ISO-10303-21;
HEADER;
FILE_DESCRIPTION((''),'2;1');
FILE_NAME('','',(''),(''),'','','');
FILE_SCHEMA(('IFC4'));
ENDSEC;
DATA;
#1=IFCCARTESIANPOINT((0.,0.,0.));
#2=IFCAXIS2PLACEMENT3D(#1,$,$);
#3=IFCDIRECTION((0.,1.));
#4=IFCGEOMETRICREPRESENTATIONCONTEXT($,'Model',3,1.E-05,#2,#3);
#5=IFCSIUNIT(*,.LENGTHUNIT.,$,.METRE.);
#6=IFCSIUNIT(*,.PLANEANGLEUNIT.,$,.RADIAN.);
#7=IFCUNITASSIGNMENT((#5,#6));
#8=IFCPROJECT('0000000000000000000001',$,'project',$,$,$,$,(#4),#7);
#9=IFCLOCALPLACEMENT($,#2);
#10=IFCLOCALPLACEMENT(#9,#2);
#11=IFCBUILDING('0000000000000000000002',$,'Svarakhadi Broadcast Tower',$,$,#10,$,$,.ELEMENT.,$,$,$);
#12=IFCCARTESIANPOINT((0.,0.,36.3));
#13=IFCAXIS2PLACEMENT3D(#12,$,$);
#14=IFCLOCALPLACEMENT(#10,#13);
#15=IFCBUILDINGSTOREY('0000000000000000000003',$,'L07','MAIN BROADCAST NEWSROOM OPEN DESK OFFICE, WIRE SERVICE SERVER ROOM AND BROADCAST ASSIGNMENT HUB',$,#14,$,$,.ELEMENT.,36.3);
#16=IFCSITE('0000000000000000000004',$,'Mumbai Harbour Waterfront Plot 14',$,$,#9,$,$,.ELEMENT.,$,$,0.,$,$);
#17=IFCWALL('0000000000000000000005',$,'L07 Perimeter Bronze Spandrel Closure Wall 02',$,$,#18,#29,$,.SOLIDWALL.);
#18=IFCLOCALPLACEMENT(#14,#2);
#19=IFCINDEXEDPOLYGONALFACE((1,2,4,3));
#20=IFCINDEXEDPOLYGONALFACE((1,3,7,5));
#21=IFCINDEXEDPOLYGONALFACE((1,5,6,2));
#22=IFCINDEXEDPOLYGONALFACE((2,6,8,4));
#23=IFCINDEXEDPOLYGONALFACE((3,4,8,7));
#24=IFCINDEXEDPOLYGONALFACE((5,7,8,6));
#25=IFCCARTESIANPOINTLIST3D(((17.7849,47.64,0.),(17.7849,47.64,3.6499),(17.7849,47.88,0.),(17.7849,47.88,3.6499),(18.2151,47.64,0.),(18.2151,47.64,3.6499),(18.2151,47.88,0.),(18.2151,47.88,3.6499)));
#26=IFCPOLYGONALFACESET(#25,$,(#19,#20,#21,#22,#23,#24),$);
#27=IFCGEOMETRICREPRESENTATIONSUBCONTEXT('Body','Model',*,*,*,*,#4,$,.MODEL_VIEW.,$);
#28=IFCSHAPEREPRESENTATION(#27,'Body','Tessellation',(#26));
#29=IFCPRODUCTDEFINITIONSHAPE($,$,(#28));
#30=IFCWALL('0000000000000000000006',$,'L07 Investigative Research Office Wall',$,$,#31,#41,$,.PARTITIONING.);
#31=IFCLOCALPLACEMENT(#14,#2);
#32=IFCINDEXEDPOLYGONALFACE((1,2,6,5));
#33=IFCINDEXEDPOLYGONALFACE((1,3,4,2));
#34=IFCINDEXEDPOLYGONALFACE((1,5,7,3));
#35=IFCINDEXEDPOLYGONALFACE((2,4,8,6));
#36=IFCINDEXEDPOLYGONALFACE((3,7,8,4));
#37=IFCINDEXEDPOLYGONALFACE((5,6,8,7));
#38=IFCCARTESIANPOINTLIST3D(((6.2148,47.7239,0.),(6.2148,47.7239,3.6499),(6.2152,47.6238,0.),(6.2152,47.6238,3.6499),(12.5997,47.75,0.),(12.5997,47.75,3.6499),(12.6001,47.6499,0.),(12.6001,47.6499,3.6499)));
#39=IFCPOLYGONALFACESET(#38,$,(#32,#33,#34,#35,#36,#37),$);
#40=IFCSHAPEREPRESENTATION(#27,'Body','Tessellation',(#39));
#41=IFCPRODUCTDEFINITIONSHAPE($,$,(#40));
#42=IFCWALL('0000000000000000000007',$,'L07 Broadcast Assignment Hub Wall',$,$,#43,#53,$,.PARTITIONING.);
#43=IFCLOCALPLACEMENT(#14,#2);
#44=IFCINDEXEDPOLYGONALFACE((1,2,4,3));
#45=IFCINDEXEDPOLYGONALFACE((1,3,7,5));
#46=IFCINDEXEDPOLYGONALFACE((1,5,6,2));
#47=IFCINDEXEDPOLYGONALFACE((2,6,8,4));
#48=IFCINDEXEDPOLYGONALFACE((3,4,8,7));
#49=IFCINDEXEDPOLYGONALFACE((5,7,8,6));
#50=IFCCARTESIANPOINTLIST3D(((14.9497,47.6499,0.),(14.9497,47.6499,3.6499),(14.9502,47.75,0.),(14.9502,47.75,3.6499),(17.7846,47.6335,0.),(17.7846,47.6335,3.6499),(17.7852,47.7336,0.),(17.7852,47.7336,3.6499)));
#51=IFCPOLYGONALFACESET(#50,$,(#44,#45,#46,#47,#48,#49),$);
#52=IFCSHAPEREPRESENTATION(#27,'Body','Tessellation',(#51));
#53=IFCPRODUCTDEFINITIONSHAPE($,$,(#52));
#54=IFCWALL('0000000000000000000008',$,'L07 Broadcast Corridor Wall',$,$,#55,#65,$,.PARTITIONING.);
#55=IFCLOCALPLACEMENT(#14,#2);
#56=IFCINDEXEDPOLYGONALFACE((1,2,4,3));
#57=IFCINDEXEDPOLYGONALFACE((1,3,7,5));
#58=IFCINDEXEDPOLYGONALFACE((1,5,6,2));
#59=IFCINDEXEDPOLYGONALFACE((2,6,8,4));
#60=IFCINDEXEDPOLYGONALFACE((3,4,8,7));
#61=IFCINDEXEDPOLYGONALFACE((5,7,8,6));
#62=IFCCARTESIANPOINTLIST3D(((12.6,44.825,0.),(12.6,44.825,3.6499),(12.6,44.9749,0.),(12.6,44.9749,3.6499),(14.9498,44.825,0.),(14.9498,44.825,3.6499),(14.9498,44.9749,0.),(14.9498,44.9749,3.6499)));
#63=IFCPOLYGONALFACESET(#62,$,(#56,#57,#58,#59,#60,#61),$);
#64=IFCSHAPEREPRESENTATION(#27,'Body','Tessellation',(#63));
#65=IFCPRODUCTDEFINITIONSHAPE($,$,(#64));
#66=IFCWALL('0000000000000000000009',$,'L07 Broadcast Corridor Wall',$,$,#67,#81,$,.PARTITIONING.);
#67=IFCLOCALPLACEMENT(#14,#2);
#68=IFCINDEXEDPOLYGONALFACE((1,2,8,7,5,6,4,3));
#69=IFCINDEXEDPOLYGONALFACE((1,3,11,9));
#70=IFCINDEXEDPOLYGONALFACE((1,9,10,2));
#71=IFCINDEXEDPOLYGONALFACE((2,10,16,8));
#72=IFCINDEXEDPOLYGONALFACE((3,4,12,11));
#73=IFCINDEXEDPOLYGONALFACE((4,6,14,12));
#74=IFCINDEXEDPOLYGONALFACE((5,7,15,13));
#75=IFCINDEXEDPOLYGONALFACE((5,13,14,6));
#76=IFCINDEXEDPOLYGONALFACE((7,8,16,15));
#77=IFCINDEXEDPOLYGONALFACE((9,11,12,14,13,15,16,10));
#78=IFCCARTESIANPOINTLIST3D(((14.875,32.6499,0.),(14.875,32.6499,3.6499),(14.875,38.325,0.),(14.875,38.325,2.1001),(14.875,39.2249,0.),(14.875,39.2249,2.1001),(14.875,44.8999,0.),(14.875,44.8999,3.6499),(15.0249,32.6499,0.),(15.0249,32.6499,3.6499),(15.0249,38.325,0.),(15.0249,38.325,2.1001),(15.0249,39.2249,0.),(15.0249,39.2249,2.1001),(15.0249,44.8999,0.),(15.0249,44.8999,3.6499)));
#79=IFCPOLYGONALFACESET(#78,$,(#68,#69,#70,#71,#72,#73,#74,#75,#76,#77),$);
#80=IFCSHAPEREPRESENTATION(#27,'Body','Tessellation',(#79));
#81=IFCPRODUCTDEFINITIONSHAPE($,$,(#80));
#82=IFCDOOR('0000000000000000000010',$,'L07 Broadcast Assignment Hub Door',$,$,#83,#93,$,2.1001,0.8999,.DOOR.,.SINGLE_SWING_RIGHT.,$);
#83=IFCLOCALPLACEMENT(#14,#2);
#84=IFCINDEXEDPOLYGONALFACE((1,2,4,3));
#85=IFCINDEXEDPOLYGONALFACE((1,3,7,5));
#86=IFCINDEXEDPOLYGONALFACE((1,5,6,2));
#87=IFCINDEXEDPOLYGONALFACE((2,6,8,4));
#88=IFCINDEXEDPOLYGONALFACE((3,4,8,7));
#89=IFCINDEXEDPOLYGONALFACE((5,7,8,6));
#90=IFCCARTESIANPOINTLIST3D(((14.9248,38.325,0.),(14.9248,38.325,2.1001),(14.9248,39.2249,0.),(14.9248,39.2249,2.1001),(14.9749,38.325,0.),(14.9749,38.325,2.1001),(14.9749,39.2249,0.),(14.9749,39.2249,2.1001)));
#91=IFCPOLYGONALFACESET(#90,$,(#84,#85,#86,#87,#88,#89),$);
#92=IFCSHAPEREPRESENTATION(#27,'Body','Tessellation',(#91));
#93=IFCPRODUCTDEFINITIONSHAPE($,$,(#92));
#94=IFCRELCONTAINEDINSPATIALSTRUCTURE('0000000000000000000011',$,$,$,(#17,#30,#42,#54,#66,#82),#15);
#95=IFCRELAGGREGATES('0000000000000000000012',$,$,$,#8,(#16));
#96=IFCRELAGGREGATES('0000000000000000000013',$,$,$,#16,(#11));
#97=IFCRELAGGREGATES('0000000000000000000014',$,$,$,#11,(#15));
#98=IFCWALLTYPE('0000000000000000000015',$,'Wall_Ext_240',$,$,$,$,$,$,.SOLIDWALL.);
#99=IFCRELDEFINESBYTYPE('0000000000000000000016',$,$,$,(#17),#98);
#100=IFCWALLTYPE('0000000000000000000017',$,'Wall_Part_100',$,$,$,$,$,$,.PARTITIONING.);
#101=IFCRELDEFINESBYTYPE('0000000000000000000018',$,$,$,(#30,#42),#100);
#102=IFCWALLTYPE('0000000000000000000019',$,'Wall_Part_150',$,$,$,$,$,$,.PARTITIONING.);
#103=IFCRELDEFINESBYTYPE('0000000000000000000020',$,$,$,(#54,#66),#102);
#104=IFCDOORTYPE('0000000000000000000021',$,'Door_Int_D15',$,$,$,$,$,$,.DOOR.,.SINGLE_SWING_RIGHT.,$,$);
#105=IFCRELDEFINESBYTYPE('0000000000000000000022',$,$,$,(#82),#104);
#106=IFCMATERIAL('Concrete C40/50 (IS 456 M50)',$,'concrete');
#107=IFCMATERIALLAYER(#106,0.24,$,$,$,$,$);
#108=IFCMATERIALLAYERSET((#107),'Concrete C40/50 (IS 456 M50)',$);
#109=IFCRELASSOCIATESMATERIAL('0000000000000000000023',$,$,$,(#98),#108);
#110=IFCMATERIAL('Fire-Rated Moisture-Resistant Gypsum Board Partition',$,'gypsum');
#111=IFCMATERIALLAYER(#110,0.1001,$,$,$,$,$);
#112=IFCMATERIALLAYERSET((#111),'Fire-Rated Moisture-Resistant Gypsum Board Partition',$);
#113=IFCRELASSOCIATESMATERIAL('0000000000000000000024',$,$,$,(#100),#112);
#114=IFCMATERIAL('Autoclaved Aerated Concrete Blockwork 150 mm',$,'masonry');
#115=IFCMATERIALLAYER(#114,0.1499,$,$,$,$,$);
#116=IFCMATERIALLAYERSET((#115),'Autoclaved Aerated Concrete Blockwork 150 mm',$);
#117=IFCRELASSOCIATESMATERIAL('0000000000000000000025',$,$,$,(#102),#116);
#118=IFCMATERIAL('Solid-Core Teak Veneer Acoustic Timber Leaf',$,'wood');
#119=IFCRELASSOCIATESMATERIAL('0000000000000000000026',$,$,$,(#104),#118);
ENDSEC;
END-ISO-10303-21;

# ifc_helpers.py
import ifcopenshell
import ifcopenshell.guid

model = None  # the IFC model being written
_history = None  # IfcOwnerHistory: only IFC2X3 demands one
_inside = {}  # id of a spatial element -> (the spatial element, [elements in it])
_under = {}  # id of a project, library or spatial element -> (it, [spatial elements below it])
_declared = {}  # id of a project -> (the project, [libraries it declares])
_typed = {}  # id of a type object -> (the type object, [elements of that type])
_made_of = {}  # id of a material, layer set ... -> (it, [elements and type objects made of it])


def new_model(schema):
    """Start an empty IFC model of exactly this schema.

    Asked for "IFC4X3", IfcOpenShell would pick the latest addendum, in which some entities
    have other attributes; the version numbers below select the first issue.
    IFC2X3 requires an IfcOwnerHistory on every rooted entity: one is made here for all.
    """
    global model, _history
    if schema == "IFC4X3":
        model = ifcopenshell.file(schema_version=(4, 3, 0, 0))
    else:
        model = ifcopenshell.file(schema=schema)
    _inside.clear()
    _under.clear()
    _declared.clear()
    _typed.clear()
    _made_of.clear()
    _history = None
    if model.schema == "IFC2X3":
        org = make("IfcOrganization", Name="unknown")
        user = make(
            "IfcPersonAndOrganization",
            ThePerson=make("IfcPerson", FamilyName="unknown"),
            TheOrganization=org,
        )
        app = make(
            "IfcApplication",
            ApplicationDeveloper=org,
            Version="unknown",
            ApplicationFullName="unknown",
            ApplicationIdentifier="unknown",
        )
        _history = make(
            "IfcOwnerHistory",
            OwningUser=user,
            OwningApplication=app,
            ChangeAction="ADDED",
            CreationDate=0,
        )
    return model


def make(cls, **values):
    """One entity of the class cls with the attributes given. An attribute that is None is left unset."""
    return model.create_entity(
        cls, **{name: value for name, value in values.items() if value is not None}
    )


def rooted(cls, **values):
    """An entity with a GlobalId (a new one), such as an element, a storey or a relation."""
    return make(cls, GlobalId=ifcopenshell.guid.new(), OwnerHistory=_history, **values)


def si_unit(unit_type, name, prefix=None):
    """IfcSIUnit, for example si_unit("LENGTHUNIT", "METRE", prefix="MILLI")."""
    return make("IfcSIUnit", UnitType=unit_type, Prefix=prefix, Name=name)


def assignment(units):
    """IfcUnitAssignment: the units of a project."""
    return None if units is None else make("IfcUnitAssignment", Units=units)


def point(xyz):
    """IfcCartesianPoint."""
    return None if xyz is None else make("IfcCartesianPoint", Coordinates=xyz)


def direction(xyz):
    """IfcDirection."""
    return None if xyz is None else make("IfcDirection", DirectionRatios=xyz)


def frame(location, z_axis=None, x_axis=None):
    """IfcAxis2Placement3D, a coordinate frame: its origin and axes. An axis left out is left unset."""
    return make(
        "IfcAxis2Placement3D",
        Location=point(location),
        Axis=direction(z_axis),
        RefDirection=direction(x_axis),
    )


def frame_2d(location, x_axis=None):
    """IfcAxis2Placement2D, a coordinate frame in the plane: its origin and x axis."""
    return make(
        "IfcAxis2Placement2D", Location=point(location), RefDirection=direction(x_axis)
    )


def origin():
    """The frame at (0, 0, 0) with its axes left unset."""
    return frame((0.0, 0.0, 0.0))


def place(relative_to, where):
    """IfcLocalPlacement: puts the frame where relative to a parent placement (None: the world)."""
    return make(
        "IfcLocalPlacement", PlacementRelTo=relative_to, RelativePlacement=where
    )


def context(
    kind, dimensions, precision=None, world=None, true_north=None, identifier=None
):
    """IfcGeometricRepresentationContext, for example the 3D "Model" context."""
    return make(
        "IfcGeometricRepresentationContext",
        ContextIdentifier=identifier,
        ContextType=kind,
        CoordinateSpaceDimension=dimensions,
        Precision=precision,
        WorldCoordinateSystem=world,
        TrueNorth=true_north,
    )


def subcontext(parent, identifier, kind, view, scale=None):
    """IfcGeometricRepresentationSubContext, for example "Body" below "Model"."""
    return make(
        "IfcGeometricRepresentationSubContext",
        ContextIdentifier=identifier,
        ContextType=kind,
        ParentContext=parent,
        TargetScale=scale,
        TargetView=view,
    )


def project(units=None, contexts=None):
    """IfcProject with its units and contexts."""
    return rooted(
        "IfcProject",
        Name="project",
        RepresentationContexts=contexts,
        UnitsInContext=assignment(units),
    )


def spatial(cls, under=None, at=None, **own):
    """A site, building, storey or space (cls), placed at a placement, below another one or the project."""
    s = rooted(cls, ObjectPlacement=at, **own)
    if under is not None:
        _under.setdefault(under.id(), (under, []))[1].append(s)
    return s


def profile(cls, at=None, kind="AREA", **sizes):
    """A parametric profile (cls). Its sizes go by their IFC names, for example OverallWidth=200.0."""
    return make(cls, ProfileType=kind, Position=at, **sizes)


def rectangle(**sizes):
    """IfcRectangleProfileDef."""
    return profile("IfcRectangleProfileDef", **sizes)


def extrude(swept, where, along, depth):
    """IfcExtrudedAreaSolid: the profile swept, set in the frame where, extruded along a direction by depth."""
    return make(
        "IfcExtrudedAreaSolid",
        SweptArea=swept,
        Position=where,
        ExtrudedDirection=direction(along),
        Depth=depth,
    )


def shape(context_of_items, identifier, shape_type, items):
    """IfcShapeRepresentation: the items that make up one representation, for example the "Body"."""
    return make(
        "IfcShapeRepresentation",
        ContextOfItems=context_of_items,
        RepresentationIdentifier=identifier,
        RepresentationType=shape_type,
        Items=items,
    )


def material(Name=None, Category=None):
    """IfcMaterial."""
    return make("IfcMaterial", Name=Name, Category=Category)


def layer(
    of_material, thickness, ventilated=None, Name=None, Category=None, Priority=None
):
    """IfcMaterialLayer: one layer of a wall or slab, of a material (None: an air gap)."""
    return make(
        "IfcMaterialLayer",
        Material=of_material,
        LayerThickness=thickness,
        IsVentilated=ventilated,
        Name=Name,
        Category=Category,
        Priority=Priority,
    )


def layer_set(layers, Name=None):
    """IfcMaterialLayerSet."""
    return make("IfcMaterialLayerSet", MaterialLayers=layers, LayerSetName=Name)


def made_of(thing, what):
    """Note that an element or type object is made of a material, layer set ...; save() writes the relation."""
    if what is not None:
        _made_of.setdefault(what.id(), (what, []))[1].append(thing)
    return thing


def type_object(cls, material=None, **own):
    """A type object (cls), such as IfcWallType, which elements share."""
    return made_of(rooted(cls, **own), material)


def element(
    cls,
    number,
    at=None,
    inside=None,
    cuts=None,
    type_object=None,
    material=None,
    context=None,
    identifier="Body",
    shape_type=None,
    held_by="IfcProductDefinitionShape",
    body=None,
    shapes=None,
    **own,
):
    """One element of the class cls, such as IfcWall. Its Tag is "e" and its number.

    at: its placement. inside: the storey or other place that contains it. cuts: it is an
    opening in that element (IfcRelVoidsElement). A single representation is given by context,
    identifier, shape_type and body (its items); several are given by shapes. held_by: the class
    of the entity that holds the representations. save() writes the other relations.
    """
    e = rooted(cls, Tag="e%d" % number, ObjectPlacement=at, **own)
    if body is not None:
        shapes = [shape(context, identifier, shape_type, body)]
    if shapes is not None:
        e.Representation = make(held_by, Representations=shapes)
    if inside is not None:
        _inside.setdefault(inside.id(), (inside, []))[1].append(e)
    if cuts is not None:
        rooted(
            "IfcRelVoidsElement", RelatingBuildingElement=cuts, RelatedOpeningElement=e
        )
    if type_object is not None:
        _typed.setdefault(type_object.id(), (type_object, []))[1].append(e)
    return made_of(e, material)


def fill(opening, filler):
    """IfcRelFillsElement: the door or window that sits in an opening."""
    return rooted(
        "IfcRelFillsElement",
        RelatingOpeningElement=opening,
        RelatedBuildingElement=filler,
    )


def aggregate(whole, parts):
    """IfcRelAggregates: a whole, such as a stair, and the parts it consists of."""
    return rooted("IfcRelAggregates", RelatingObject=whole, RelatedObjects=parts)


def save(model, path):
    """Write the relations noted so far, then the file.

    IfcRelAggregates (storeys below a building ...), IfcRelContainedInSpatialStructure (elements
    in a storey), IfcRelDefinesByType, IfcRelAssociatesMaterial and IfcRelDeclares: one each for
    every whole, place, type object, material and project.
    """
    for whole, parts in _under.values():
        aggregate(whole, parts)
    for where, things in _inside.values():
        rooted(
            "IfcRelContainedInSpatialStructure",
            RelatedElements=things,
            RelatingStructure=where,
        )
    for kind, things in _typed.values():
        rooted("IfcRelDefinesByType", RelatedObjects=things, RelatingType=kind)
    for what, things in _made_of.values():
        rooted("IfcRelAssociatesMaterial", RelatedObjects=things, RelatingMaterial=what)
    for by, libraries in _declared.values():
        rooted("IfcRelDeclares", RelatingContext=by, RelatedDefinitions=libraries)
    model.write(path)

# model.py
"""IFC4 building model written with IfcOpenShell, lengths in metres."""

from ifc_helpers import new_model, si_unit, direction, frame, frame_2d, origin, place, context, subcontext, project, spatial, rectangle, extrude, material, layer, layer_set, type_object, element, fill, save


model = new_model("IFC4")

# Units and contexts
model_context = context("Model", 3, precision=1e-05, world=origin(), true_north=direction((0.0, 1.0)))
body_context = subcontext(model_context, "Body", "Model", "MODEL_VIEW")
ifc_project = project(units=[si_unit("LENGTHUNIT", "METRE"), si_unit("PLANEANGLEUNIT", "RADIAN")], contexts=[model_context])

# Site, building, storey
site_placement = place(None, origin())
site = spatial("IfcSite", under=ifc_project, at=site_placement, Name="Mumbai Harbour Waterfront Plot 14", CompositionType="ELEMENT", RefElevation=0.0)
building_placement = place(site_placement, origin())
building = spatial("IfcBuilding", under=site, at=building_placement, Name="Svarakhadi Broadcast Tower", CompositionType="ELEMENT")
storey_placement = place(building_placement, frame((0.0, 0.0, 36.3)))
storey = spatial("IfcBuildingStorey", under=building, at=storey_placement, Name="L07", Description="MAIN BROADCAST NEWSROOM OPEN DESK OFFICE, WIRE SERVICE SERVER ROOM AND BROADCAST ASSIGNMENT HUB", CompositionType="ELEMENT", Elevation=36.3)

# Walls
ifc_material_1 = material(Name="Concrete C40/50 (IS 456 M50)", Category="concrete")
ifc_layer_1 = layer(ifc_material_1, 0.24)
ifc_layer_set_1 = layer_set([ifc_layer_1], Name="Concrete C40/50 (IS 456 M50)")
wall_type_1 = type_object("IfcWallType", Name="Wall_Ext_240", PredefinedType="SOLIDWALL", material=ifc_layer_set_1)
wall_1_placement = place(storey_placement, frame((17.7849, 47.76, 0.0), z_axis=(0.0, 0.0, 1.0), x_axis=(1.0, 0.0, 0.0)))
element("IfcWall", 1, at=wall_1_placement, inside=storey, type_object=wall_type_1, Name="L07 Perimeter Bronze Spandrel Closure Wall 02", PredefinedType="SOLIDWALL", context=body_context, shape_type="SweptSolid", body=[
    extrude(rectangle(XDim=0.4302, YDim=0.24, at=frame_2d((0.2151, 0.0))), origin(), (0.0, 0.0, 1.0), 3.6499),
])
ifc_material_2 = material(Name="Fire-Rated Moisture-Resistant Gypsum Board Partition", Category="gypsum")
ifc_layer_2 = layer(ifc_material_2, 0.1001)
ifc_layer_set_2 = layer_set([ifc_layer_2], Name="Fire-Rated Moisture-Resistant Gypsum Board Partition")
wall_type_2 = type_object("IfcWallType", Name="Wall_Part_100", PredefinedType="PARTITIONING", material=ifc_layer_set_2)
wall_2_placement = place(storey_placement, frame((6.2151, 47.6738, 0.0), z_axis=(0.0, 0.0, 1.0), x_axis=(0.999992, 0.004091, 0.0)))
element("IfcWall", 2, at=wall_2_placement, inside=storey, type_object=wall_type_2, Name="L07 Investigative Research Office Wall", PredefinedType="PARTITIONING", context=body_context, shape_type="SweptSolid", body=[
    extrude(rectangle(XDim=6.385, YDim=0.1001, at=frame_2d((3.1924, 0.0))), origin(), (0.0, 0.0, 1.0), 3.6499),
])
wall_3_placement = place(storey_placement, frame((14.95, 47.7, 0.0), z_axis=(0.0, 0.0, 1.0), x_axis=(0.999983, -0.00577, 0.0)))
element("IfcWall", 3, at=wall_3_placement, inside=storey, type_object=wall_type_2, Name="L07 Broadcast Assignment Hub Wall", PredefinedType="PARTITIONING", context=body_context, shape_type="SweptSolid", body=[
    extrude(rectangle(XDim=2.835, YDim=0.1001, at=frame_2d((1.4175, 0.0))), origin(), (0.0, 0.0, 1.0), 3.6499),
])
ifc_material_3 = material(Name="Autoclaved Aerated Concrete Blockwork 150 mm", Category="masonry")
ifc_layer_3 = layer(ifc_material_3, 0.1499)
ifc_layer_set_3 = layer_set([ifc_layer_3], Name="Autoclaved Aerated Concrete Blockwork 150 mm")
wall_type_3 = type_object("IfcWallType", Name="Wall_Part_150", PredefinedType="PARTITIONING", material=ifc_layer_set_3)
wall_4_placement = place(storey_placement, frame((12.6001, 44.8999, 0.0), z_axis=(0.0, 0.0, 1.0), x_axis=(1.0, 0.0, 0.0)))
element("IfcWall", 4, at=wall_4_placement, inside=storey, type_object=wall_type_3, Name="L07 Broadcast Corridor Wall", PredefinedType="PARTITIONING", context=body_context, shape_type="SweptSolid", body=[
    extrude(rectangle(XDim=2.3499, YDim=0.1499, at=frame_2d((1.1748, 0.0))), origin(), (0.0, 0.0, 1.0), 3.6499),
])

# Wall, opening, door
wall_5_placement = place(storey_placement, frame((14.95, 44.8999, 0.0), z_axis=(0.0, 0.0, 1.0), x_axis=(0.0, -1.0, 0.0)))
wall_5 = element("IfcWall", 5, at=wall_5_placement, inside=storey, type_object=wall_type_3, Name="L07 Broadcast Corridor Wall", PredefinedType="PARTITIONING", context=body_context, shape_type="SweptSolid", body=[
    extrude(rectangle(XDim=12.25, YDim=0.1499, at=frame_2d((6.125, 0.0))), origin(), (0.0, 0.0, 1.0), 3.6499),
])
opening_placement = place(wall_5_placement, frame((5.675, 0.0, 0.0)))
opening = element("IfcOpeningElement", 6, at=opening_placement, cuts=wall_5, PredefinedType="OPENING", context=body_context, shape_type="SweptSolid", body=[
    extrude(rectangle(XDim=0.8999, YDim=2.1001, at=frame_2d((0.45, 1.05))), frame((0.0, 0.085, 0.0), z_axis=(0.0, -1.0, 0.0), x_axis=(1.0, 0.0, 0.0)), (0.0, 0.0, 1.0), 0.1699),
])
ifc_material_4 = material(Name="Solid-Core Teak Veneer Acoustic Timber Leaf", Category="wood")
door_type = type_object("IfcDoorType", Name="Door_Int_D15", OperationType="SINGLE_SWING_RIGHT", PredefinedType="DOOR", material=ifc_material_4)
door_placement = place(opening_placement, origin())
door = element("IfcDoor", 7, at=door_placement, inside=storey, type_object=door_type, Name="L07 Broadcast Assignment Hub Door", OperationType="SINGLE_SWING_RIGHT", OverallHeight=2.1001, OverallWidth=0.8999, PredefinedType="DOOR", context=body_context, shape_type="SweptSolid", body=[
    extrude(rectangle(XDim=0.8999, YDim=2.1001, at=frame_2d((0.45, 1.05))), frame((0.0, 0.0249, 0.0), z_axis=(0.0, -1.0, 0.0), x_axis=(1.0, 0.0, 0.0)), (0.0, 0.0, 1.0), 0.05),
])
fill(opening, door)

save(model, "model.ifc")
